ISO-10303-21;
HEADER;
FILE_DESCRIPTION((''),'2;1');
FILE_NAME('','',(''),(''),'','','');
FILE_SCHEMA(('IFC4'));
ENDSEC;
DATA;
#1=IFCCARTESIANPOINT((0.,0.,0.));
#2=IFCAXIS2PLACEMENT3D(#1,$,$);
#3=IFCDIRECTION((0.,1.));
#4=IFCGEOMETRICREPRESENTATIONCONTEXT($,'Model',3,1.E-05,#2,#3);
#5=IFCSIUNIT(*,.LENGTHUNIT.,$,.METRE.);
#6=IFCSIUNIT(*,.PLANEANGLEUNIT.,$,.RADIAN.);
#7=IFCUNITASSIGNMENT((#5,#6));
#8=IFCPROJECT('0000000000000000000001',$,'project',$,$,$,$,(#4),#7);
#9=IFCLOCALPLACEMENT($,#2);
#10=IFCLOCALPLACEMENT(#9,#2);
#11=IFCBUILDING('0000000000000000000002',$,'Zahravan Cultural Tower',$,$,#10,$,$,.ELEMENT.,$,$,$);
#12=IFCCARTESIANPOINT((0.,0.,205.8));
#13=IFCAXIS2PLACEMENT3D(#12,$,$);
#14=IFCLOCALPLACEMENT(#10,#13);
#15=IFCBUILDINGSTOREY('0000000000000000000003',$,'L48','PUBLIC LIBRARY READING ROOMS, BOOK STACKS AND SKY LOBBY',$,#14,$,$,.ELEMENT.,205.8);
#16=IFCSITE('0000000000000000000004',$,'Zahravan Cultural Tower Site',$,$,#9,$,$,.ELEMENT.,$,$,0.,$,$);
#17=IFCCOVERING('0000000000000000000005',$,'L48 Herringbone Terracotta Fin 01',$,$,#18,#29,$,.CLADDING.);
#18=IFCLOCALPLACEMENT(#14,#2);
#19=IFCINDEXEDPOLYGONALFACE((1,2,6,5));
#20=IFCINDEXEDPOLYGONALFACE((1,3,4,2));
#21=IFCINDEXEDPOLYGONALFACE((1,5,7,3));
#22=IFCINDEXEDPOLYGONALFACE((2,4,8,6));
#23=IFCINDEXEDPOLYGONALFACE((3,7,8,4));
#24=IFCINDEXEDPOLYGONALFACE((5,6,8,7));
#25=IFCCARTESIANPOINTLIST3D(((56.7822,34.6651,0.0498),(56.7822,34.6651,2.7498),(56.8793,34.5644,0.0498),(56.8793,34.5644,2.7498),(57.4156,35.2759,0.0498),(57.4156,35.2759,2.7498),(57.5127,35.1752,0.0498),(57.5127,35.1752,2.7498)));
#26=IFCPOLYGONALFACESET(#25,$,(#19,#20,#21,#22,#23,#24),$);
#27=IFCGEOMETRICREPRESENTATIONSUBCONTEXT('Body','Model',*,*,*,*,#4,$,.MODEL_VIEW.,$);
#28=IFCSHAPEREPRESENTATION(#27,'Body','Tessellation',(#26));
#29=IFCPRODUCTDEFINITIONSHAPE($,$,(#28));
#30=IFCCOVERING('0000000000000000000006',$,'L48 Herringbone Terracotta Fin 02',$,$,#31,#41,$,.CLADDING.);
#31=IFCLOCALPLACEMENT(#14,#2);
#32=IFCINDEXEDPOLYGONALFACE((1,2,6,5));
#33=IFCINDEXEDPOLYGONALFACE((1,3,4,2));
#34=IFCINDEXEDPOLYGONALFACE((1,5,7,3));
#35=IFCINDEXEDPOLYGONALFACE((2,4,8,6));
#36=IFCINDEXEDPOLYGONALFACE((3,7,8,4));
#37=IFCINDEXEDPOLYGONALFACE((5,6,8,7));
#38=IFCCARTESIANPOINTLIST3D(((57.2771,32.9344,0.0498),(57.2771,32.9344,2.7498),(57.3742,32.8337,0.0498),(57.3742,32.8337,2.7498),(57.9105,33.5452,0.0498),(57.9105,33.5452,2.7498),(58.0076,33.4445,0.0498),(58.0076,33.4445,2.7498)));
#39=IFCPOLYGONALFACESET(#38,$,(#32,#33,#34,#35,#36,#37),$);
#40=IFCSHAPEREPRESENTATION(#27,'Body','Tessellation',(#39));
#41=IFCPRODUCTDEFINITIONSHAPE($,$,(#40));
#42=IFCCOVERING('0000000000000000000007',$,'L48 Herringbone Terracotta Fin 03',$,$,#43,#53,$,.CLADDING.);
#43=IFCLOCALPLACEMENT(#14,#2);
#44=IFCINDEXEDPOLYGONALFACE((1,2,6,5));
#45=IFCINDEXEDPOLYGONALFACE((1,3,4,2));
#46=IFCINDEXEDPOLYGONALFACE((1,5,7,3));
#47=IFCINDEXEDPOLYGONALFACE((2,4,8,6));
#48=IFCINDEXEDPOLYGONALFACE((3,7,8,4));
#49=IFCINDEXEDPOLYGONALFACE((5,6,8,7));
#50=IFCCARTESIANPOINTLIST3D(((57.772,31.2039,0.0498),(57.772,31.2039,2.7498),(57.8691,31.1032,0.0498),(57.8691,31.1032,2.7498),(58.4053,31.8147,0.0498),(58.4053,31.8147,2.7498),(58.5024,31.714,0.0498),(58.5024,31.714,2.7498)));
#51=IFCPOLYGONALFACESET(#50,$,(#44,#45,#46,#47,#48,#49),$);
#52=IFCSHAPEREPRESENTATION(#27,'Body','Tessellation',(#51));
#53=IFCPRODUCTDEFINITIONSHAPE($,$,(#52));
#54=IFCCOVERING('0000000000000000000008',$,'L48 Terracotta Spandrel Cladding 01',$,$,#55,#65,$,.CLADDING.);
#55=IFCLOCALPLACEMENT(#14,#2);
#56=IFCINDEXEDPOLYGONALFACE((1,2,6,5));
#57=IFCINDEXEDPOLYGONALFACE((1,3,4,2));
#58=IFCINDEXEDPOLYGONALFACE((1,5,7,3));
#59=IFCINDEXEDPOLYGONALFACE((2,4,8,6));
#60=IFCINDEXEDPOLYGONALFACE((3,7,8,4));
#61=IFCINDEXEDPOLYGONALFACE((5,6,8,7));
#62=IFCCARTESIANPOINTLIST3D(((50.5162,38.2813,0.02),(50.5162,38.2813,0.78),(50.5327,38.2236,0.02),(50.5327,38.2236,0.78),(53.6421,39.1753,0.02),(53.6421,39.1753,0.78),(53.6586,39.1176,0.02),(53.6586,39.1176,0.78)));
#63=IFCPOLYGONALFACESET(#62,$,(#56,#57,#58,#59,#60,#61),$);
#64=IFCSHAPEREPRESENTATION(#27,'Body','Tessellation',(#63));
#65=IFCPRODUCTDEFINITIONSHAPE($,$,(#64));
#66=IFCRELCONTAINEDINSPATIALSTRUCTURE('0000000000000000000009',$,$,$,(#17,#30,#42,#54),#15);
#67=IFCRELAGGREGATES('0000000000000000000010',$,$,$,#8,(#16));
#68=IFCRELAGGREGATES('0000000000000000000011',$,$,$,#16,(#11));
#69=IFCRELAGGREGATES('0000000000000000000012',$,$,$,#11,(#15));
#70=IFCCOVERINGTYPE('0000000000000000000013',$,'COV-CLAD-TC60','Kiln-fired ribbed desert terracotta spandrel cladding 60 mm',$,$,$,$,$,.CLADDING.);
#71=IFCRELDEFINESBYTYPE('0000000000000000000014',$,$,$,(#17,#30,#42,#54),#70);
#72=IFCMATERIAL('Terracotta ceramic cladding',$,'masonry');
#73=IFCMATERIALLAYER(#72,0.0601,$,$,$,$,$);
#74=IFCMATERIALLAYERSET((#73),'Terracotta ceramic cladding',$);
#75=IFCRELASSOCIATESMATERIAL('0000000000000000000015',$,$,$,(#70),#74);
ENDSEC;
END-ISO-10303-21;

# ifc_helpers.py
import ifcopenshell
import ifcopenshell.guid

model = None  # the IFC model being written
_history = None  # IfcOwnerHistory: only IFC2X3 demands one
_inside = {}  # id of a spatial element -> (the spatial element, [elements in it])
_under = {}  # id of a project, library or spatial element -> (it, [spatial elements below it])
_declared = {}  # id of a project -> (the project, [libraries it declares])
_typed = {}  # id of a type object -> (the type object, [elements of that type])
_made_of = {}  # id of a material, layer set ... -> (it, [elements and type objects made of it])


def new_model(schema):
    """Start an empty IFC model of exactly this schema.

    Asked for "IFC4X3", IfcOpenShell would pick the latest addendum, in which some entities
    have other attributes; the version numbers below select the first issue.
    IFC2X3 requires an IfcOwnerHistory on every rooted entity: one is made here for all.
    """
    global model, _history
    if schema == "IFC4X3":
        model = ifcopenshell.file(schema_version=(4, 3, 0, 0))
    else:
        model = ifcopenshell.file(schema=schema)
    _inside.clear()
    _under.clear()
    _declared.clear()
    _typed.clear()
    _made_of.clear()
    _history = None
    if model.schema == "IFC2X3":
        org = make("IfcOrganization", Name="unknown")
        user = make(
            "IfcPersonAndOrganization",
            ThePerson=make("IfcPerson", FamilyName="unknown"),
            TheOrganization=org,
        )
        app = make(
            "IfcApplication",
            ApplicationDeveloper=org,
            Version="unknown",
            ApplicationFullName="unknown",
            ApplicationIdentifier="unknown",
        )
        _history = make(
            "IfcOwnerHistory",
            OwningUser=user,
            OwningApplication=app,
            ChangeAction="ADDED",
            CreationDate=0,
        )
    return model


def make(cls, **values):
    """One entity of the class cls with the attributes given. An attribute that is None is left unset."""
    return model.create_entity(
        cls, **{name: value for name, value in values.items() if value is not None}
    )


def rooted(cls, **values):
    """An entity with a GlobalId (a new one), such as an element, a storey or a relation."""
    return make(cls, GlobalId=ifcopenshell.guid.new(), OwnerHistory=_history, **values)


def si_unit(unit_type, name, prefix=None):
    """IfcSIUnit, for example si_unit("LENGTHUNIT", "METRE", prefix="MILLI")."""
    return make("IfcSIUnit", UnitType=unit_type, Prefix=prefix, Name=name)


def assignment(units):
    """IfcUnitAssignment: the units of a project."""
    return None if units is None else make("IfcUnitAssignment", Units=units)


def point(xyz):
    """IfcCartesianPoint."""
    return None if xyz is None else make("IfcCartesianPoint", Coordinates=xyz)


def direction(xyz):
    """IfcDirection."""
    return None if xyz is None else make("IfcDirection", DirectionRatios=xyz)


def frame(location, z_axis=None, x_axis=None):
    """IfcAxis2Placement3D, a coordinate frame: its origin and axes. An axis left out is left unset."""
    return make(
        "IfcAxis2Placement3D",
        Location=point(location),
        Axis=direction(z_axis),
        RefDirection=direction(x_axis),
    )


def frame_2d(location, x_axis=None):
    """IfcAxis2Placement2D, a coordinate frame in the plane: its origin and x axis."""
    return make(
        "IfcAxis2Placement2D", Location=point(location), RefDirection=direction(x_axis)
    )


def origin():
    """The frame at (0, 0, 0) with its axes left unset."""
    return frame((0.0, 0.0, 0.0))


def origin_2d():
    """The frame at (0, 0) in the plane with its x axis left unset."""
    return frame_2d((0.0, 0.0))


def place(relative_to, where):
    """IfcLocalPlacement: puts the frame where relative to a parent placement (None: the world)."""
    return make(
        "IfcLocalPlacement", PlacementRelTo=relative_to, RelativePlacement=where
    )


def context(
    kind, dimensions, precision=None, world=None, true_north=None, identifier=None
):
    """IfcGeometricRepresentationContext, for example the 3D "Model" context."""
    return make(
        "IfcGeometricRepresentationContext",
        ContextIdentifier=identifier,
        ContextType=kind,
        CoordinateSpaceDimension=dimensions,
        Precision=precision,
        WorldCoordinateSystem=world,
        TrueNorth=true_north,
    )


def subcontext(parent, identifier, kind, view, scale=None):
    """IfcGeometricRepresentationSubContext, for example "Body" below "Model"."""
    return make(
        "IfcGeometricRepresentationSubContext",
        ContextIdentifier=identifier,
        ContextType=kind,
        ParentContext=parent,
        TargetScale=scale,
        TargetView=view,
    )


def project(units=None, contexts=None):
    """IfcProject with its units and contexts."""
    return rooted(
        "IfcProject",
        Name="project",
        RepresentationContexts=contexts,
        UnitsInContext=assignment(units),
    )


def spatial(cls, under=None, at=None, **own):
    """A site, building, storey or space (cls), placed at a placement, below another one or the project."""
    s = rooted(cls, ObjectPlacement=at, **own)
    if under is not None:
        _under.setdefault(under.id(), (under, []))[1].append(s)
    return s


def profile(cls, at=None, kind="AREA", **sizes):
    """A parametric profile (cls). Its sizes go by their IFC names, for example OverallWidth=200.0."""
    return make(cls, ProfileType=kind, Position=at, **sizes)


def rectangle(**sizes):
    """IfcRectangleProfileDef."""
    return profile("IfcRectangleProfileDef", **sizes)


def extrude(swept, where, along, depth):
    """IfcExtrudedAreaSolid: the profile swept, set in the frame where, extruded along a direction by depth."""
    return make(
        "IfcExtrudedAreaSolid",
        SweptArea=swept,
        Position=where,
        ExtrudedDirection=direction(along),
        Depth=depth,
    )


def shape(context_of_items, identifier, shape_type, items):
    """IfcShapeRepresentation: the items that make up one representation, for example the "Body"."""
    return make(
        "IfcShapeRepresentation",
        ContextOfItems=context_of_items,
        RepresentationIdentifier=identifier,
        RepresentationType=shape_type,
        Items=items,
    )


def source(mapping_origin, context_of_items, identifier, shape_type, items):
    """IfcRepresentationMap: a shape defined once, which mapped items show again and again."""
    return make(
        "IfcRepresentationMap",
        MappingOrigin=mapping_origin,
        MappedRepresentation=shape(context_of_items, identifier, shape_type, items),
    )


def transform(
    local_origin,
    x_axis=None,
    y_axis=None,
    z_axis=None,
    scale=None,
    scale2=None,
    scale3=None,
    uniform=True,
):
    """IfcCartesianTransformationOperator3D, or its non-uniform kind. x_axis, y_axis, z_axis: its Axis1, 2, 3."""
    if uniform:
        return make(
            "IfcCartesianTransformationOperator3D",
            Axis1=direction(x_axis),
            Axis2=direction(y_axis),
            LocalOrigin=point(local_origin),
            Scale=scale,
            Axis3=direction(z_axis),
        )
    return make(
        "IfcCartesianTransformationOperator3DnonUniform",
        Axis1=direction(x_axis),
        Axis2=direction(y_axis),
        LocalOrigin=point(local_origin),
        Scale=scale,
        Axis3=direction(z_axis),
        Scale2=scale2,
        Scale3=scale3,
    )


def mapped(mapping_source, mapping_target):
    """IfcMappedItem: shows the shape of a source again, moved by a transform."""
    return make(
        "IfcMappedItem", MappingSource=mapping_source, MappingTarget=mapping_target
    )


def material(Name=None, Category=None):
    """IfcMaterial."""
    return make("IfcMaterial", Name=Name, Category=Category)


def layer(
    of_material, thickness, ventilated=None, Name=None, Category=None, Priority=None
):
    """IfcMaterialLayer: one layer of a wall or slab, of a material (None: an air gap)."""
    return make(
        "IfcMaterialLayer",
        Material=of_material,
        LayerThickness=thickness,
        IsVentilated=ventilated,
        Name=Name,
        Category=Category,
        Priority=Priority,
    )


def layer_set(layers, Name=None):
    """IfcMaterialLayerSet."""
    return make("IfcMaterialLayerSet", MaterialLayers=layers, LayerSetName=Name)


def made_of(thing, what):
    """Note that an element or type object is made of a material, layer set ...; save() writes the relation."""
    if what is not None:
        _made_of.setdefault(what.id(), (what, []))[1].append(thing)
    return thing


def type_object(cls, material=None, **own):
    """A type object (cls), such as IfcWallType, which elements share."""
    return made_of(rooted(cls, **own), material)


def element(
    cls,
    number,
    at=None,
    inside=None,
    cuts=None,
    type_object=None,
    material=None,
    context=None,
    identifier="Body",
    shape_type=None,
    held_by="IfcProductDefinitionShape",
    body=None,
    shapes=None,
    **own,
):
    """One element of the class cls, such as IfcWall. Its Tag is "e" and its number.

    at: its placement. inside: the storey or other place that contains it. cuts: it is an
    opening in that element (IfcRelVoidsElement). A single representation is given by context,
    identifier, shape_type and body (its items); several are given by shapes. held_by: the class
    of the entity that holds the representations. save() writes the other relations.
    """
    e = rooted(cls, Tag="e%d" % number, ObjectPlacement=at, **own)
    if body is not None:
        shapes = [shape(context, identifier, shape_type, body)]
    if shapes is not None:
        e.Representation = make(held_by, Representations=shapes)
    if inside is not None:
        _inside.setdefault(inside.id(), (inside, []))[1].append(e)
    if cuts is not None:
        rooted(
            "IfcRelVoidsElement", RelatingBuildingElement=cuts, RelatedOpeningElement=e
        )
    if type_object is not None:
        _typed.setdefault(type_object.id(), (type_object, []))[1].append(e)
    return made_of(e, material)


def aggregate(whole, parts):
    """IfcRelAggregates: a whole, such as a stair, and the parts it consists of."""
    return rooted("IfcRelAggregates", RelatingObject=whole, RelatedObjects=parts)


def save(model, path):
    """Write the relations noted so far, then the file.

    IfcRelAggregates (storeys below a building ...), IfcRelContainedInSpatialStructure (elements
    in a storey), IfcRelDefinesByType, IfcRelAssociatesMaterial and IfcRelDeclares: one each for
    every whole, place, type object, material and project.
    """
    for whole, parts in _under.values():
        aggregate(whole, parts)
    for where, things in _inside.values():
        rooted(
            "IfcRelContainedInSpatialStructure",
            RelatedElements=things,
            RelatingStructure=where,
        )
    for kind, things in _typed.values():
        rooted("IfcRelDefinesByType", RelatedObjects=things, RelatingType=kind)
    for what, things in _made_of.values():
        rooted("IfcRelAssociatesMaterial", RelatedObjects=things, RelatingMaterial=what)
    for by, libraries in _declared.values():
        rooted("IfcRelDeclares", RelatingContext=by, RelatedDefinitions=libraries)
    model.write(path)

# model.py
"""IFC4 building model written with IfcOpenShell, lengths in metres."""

from ifc_helpers import new_model, si_unit, direction, frame, origin, origin_2d, place, context, subcontext, project, spatial, rectangle, extrude, source, transform, mapped, material, layer, layer_set, type_object, element, save


model = new_model("IFC4")

# Units and contexts
model_context = context("Model", 3, precision=1e-05, world=origin(), true_north=direction((0.0, 1.0)))
body_context = subcontext(model_context, "Body", "Model", "MODEL_VIEW")
ifc_project = project(units=[si_unit("LENGTHUNIT", "METRE"), si_unit("PLANEANGLEUNIT", "RADIAN")], contexts=[model_context])

# Site, building, storey
site_placement = place(None, origin())
site = spatial("IfcSite", under=ifc_project, at=site_placement, Name="Zahravan Cultural Tower Site", CompositionType="ELEMENT", RefElevation=0.0)
building_placement = place(site_placement, origin())
building = spatial("IfcBuilding", under=site, at=building_placement, Name="Zahravan Cultural Tower", CompositionType="ELEMENT")
storey_placement = place(building_placement, frame((0.0, 0.0, 205.8)))
storey = spatial("IfcBuildingStorey", under=building, at=storey_placement, Name="L48", Description="PUBLIC LIBRARY READING ROOMS, BOOK STACKS AND SKY LOBBY", CompositionType="ELEMENT", Elevation=205.8)

# Coverings
ifc_material_1 = material(Name="Terracotta ceramic cladding", Category="masonry")
ifc_layer_1 = layer(ifc_material_1, 0.0601)
ifc_layer_set_1 = layer_set([ifc_layer_1], Name="Terracotta ceramic cladding")
covering_type = type_object("IfcCoveringType", Name="COV-CLAD-TC60", Description="Kiln-fired ribbed desert terracotta spandrel cladding 60 mm", PredefinedType="CLADDING", material=ifc_layer_set_1)
shared_shape_1 = source(origin(), body_context, "Body", "SweptSolid", [
    extrude(rectangle(XDim=0.8799, YDim=0.1399, at=origin_2d()), origin(), (0.0, 0.0, 1.0), 2.7),
])
for number, where, z_axis, x_axis, name in (
    (1, (57.1475, 34.9202, 0.0498), (0.0, 0.0, 1.0), (0.719825, 0.694156, 0.0), "L48 Herringbone Terracotta Fin 01"),
    (2, (57.6423, 33.1895, 0.0498), (0.0, 0.0, 1.0), (0.719825, 0.694156, 0.0), "L48 Herringbone Terracotta Fin 02"),
    (3, (58.1372, 31.459, 0.0498), (0.0, 0.0, 1.0), (0.719825, 0.694156, 0.0), "L48 Herringbone Terracotta Fin 03"),
):
    element("IfcCovering", number, at=place(storey_placement, frame(where, z_axis=z_axis, x_axis=x_axis)), inside=storey, type_object=covering_type, Name=name, PredefinedType="CLADDING", context=body_context, shape_type="MappedRepresentation", body=[
        mapped(shared_shape_1, transform((0.0, 0.0, 0.0), x_axis=(1.0, 0.0, 0.0), y_axis=(0.0, 1.0, 0.0), z_axis=(0.0, 0.0, 1.0), scale=1.0)),
    ])
shared_shape_2 = source(origin(), body_context, "Body", "SweptSolid", [
    extrude(rectangle(XDim=3.2512, YDim=0.0601, at=origin_2d()), origin(), (0.0, 0.0, 1.0), 0.76),
])
covering_1_placement = place(storey_placement, frame((52.0874, 38.6995, 0.02), z_axis=(0.0, 0.0, 1.0), x_axis=(0.961449, 0.274983, 0.0)))
element("IfcCovering", 4, at=covering_1_placement, inside=storey, type_object=covering_type, Name="L48 Terracotta Spandrel Cladding 01", PredefinedType="CLADDING", context=body_context, shape_type="MappedRepresentation", body=[
    mapped(shared_shape_2, transform((0.0, 0.0, 0.0), x_axis=(1.0, 0.0, 0.0), y_axis=(0.0, 1.0, 0.0), z_axis=(0.0, 0.0, 1.0), scale=1.0)),
])

save(model, "model.ifc")
